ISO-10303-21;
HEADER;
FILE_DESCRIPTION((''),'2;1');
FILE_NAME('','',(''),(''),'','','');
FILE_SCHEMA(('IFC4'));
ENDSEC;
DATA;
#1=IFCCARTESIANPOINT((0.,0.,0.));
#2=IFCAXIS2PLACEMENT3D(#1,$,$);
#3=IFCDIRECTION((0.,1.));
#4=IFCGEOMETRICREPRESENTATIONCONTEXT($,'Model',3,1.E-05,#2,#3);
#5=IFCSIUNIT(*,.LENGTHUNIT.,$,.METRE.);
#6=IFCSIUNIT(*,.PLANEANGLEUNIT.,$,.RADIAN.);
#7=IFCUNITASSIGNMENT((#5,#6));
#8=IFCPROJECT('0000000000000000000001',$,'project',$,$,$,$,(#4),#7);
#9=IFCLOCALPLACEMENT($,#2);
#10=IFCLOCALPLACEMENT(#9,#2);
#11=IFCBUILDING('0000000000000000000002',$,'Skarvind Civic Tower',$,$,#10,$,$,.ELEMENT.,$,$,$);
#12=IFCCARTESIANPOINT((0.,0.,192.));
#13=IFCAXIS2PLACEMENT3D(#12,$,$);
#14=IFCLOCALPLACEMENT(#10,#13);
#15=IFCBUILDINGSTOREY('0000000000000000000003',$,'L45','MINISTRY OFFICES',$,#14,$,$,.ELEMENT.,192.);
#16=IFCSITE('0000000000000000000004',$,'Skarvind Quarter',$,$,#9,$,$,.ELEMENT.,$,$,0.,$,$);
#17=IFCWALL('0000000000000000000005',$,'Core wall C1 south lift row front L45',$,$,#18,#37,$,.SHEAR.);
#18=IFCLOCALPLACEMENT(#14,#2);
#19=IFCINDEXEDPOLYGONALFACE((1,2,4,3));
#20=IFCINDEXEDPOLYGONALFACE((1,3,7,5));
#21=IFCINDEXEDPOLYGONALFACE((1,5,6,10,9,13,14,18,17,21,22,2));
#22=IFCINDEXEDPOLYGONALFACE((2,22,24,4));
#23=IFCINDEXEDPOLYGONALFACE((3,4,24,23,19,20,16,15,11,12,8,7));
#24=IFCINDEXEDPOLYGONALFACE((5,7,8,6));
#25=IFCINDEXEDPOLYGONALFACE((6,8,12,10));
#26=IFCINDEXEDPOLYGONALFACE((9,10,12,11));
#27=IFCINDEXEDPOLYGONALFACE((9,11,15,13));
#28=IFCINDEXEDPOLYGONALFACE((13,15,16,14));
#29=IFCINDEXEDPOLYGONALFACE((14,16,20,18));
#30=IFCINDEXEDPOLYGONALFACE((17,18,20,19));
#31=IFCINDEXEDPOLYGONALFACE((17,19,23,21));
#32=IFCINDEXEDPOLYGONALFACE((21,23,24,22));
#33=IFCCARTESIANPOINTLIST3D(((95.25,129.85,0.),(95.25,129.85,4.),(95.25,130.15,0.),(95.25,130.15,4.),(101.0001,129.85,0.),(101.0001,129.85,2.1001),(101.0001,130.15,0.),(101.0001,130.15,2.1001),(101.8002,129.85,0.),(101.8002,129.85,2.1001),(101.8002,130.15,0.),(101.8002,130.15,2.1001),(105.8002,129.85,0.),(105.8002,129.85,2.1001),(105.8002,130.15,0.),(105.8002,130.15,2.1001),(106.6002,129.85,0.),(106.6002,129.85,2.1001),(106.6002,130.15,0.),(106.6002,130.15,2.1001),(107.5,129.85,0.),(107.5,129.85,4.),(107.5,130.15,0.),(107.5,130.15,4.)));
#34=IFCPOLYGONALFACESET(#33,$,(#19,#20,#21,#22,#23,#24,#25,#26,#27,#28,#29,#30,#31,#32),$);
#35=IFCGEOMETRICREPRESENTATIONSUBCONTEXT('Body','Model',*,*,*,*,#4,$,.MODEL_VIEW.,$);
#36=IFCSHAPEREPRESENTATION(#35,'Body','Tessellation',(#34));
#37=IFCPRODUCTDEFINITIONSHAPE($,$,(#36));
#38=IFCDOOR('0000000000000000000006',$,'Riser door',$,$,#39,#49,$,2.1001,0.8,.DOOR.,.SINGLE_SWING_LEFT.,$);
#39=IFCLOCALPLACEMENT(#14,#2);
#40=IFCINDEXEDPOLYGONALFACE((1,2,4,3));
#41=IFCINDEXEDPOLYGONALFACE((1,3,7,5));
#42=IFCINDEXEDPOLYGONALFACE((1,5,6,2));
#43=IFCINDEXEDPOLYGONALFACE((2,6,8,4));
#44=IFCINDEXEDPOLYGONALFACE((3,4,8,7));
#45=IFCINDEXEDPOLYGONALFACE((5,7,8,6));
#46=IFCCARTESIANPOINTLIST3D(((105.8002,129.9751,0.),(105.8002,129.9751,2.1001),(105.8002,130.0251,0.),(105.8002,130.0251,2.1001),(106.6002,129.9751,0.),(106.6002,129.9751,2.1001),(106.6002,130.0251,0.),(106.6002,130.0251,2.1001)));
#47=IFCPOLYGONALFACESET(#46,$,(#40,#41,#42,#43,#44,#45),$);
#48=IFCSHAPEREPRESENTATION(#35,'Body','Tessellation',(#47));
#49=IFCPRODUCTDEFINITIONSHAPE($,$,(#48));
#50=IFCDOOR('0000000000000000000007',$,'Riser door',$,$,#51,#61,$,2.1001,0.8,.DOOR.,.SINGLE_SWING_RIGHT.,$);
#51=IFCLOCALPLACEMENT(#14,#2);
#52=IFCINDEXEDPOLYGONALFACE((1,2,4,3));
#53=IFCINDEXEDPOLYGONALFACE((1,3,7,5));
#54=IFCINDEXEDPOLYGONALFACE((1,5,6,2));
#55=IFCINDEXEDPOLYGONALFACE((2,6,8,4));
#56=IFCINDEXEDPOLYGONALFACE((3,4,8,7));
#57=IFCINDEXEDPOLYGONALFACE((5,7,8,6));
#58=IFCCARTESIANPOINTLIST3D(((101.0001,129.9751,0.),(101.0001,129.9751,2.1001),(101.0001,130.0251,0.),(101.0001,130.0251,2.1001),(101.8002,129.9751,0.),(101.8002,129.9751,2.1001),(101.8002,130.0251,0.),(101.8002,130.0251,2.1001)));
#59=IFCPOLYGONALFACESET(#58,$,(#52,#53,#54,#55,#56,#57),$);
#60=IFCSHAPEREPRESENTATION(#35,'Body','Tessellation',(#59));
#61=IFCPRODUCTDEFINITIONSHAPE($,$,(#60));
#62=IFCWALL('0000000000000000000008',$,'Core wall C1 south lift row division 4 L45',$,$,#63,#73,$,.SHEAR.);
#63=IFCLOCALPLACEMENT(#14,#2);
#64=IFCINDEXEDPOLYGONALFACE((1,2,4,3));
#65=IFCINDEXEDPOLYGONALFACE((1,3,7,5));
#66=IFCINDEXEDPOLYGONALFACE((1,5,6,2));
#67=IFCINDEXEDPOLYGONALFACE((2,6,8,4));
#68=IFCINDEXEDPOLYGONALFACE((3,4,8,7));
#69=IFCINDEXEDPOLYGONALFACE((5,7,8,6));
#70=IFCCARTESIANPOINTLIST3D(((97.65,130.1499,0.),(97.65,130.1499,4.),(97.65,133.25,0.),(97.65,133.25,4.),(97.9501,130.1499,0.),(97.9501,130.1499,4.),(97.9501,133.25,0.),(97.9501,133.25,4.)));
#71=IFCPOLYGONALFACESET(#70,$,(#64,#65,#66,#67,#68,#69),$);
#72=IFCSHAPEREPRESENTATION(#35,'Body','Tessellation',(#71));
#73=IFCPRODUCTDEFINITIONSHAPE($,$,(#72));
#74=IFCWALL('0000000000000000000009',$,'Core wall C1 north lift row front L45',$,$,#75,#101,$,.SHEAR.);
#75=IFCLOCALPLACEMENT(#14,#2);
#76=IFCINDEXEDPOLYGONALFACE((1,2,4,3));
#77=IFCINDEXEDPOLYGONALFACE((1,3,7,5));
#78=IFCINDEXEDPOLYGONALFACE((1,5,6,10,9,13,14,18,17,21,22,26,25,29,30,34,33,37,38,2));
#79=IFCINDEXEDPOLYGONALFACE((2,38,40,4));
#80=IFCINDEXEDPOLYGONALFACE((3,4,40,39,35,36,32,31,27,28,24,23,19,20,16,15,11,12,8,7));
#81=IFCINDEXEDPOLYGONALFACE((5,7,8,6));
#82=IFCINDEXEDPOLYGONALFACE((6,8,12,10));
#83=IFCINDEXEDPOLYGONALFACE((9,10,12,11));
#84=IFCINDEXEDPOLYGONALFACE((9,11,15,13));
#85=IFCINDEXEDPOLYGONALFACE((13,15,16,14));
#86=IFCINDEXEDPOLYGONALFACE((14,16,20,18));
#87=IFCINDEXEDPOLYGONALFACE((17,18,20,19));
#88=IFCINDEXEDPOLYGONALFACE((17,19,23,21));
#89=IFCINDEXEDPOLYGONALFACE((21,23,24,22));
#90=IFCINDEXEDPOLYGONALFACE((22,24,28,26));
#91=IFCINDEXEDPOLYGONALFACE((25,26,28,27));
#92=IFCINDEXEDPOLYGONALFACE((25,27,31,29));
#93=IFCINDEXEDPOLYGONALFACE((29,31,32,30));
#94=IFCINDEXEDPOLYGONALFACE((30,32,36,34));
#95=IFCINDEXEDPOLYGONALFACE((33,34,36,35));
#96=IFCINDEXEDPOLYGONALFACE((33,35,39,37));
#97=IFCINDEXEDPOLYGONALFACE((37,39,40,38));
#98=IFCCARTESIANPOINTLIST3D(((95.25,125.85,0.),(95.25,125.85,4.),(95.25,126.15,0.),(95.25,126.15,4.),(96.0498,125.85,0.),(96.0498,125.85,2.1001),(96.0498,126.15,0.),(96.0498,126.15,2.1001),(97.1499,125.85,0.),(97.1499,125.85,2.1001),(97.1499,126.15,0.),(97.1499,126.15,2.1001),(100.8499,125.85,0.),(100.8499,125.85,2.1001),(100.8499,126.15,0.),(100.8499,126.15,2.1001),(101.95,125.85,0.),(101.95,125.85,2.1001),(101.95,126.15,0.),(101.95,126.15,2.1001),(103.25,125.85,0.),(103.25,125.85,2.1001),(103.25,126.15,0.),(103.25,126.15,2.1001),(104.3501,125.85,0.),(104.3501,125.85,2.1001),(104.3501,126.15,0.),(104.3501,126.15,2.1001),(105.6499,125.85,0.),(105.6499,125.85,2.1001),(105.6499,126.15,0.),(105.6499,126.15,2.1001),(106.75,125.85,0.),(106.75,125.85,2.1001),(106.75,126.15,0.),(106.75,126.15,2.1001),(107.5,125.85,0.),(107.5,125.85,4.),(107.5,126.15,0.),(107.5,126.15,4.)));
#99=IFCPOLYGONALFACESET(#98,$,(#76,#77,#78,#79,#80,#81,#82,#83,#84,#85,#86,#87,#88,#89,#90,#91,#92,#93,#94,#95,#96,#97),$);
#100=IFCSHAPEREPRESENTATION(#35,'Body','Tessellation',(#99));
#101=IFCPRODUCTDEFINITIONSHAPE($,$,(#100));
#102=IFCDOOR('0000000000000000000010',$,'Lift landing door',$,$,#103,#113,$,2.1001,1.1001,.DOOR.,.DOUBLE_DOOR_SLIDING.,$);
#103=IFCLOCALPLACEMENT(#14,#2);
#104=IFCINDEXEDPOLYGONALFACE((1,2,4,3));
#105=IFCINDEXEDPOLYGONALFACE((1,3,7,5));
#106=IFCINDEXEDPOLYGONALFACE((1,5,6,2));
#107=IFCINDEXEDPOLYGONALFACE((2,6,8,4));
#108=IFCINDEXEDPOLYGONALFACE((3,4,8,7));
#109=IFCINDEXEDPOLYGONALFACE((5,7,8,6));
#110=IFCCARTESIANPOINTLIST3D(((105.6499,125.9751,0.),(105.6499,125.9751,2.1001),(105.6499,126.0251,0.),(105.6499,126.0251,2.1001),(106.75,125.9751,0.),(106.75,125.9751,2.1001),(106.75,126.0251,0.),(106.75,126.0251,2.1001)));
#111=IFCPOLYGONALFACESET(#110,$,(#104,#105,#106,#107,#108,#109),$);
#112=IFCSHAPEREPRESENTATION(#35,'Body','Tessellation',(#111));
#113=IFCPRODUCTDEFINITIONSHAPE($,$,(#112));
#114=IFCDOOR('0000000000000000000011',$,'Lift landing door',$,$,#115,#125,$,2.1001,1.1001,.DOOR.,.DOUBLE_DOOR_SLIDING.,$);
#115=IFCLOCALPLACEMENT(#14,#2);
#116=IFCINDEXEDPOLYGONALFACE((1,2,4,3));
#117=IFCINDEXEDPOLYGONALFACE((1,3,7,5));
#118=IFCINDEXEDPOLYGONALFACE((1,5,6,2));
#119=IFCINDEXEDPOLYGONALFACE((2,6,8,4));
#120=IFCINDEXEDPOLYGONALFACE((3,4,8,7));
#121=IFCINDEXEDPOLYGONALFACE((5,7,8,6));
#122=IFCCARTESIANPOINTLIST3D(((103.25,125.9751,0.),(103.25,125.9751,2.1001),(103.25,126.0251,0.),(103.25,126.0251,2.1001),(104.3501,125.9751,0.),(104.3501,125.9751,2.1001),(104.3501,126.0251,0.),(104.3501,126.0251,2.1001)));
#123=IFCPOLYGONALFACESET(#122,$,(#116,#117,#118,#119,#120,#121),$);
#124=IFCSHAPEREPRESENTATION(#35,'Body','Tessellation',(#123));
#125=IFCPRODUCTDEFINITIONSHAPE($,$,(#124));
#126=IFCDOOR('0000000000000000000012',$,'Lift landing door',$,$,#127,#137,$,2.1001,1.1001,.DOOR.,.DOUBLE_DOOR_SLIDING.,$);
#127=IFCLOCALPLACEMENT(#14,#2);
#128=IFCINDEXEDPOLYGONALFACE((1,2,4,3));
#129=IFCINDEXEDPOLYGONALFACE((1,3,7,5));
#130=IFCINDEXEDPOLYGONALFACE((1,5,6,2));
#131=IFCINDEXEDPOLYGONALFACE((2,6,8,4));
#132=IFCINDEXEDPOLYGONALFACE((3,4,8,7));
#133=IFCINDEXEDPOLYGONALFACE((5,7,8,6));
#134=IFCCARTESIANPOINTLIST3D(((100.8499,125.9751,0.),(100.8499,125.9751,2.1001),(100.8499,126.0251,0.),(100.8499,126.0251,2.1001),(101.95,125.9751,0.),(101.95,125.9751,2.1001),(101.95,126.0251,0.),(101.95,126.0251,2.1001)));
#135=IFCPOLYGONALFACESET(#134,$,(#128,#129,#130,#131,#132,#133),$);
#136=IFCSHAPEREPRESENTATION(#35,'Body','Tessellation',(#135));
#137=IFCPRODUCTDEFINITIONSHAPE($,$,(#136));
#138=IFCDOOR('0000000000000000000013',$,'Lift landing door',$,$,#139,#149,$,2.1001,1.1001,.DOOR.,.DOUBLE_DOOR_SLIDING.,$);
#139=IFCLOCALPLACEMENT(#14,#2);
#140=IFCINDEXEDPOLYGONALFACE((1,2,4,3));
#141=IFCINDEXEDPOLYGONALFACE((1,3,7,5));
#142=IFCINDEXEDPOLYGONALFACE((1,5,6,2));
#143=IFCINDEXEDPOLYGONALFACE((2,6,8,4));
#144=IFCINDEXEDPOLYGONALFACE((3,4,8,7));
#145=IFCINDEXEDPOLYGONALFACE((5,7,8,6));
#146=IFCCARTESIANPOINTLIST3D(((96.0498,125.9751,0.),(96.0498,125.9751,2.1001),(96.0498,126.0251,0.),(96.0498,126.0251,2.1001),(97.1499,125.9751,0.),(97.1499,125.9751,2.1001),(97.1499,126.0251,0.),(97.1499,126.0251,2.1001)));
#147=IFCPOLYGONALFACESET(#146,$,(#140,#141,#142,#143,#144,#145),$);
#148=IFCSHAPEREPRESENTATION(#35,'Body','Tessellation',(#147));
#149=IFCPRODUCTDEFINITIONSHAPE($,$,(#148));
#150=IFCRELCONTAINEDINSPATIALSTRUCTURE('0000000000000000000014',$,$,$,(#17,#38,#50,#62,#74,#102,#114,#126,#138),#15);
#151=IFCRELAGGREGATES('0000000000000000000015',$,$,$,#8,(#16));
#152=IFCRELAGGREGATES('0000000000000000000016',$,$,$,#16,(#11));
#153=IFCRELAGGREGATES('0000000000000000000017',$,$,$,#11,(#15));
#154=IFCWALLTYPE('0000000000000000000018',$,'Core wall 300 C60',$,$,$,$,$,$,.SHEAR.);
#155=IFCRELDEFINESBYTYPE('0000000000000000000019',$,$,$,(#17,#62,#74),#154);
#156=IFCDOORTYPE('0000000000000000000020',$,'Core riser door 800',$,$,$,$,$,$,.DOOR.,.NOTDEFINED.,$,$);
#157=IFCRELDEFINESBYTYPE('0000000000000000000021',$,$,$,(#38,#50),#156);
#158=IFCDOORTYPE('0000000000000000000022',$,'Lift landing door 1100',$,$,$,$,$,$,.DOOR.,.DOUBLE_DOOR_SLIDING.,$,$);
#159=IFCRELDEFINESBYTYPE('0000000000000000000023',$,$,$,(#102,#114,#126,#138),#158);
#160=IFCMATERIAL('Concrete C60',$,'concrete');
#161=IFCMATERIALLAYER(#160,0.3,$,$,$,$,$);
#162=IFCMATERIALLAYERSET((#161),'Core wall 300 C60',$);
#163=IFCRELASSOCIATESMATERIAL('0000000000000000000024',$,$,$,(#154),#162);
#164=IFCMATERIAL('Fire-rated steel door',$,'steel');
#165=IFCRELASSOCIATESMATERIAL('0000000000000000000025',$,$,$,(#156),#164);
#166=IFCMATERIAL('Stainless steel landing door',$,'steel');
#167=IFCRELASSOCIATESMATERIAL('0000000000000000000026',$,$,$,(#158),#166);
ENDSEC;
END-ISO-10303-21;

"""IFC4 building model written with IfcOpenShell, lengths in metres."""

from ifc_helpers import new_model, si_unit, direction, frame, frame_2d, origin, place, context, subcontext, project, spatial, rectangle, extrude, material, layer, layer_set, type_object, element, fill, save


model = new_model("IFC4")

# Units and contexts
model_context = context("Model", 3, precision=1e-05, world=origin(), true_north=direction((0.0, 1.0)))
body_context = subcontext(model_context, "Body", "Model", "MODEL_VIEW")
ifc_project = project(units=[si_unit("LENGTHUNIT", "METRE"), si_unit("PLANEANGLEUNIT", "RADIAN")], contexts=[model_context])

# Site, building, storey
site_placement = place(None, origin())
site = spatial("IfcSite", under=ifc_project, at=site_placement, Name="Skarvind Quarter", CompositionType="ELEMENT", RefElevation=0.0)
building_placement = place(site_placement, origin())
building = spatial("IfcBuilding", under=site, at=building_placement, Name="Skarvind Civic Tower", CompositionType="ELEMENT")
storey_placement = place(building_placement, frame((0.0, 0.0, 192.0)))
storey = spatial("IfcBuildingStorey", under=building, at=storey_placement, Name="L45", Description="MINISTRY OFFICES", CompositionType="ELEMENT", Elevation=192.0)

# Wall, openings, doors
ifc_material_1 = material(Name="Concrete C60", Category="concrete")
ifc_layer_1 = layer(ifc_material_1, 0.3)
ifc_layer_set_1 = layer_set([ifc_layer_1], Name="Core wall 300 C60")
wall_type_1 = type_object("IfcWallType", Name="Core wall 300 C60", PredefinedType="SHEAR", material=ifc_layer_set_1)
wall_1_placement = place(storey_placement, frame((107.5, 130.0, 0.0), z_axis=(0.0, 0.0, 1.0), x_axis=(-1.0, 0.0, 0.0)))
wall_1 = element("IfcWall", 1, at=wall_1_placement, inside=storey, type_object=wall_type_1, Name="Core wall C1 south lift row front L45", PredefinedType="SHEAR", context=body_context, shape_type="SweptSolid", body=[
    extrude(rectangle(XDim=12.25, YDim=0.3, at=frame_2d((6.125, 0.0))), origin(), (0.0, 0.0, 1.0), 4.0),
])
opening_1_placement = place(wall_1_placement, frame((0.8999, 0.0, 0.0)))
opening_1 = element("IfcOpeningElement", 2, at=opening_1_placement, cuts=wall_1, PredefinedType="OPENING", context=body_context, shape_type="SweptSolid", body=[
    extrude(rectangle(XDim=0.8, YDim=2.1001, at=frame_2d((0.3999, 1.05))), frame((0.0, 0.1599, 0.0), z_axis=(0.0, -1.0, 0.0), x_axis=(1.0, 0.0, 0.0)), (0.0, 0.0, 1.0), 0.3201),
])
opening_2_placement = place(wall_1_placement, frame((5.7, 0.0, 0.0)))
opening_2 = element("IfcOpeningElement", 3, at=opening_2_placement, cuts=wall_1, PredefinedType="OPENING", context=body_context, shape_type="SweptSolid", body=[
    extrude(rectangle(XDim=0.8, YDim=2.1001, at=frame_2d((0.3999, 1.05))), frame((0.0, 0.1599, 0.0), z_axis=(0.0, -1.0, 0.0), x_axis=(1.0, 0.0, 0.0)), (0.0, 0.0, 1.0), 0.3201),
])
ifc_material_2 = material(Name="Fire-rated steel door", Category="steel")
door_type_1 = type_object("IfcDoorType", Name="Core riser door 800", OperationType="NOTDEFINED", PredefinedType="DOOR", material=ifc_material_2)
door_1_placement = place(opening_1_placement, origin())
door_1 = element("IfcDoor", 4, at=door_1_placement, inside=storey, type_object=door_type_1, Name="Riser door", OperationType="SINGLE_SWING_LEFT", OverallHeight=2.1001, OverallWidth=0.8, PredefinedType="DOOR", context=body_context, shape_type="SweptSolid", body=[
    extrude(rectangle(XDim=0.8, YDim=2.1001, at=frame_2d((0.3999, 1.05))), frame((0.0, 0.0249, 0.0), z_axis=(0.0, -1.0, 0.0), x_axis=(1.0, 0.0, 0.0)), (0.0, 0.0, 1.0), 0.05),
])
fill(opening_1, door_1)
door_2_placement = place(opening_2_placement, origin())
door_2 = element("IfcDoor", 5, at=door_2_placement, inside=storey, type_object=door_type_1, Name="Riser door", OperationType="SINGLE_SWING_RIGHT", OverallHeight=2.1001, OverallWidth=0.8, PredefinedType="DOOR", context=body_context, shape_type="SweptSolid", body=[
    extrude(rectangle(XDim=0.8, YDim=2.1001, at=frame_2d((0.3999, 1.05))), frame((0.0, 0.0249, 0.0), z_axis=(0.0, -1.0, 0.0), x_axis=(1.0, 0.0, 0.0)), (0.0, 0.0, 1.0), 0.05),
])
fill(opening_2, door_2)

# Wall
wall_2_placement = place(storey_placement, frame((97.8, 133.25, 0.0), z_axis=(0.0, 0.0, 1.0), x_axis=(0.0, -1.0, 0.0)))
element("IfcWall", 6, at=wall_2_placement, inside=storey, type_object=wall_type_1, Name="Core wall C1 south lift row division 4 L45", PredefinedType="SHEAR", context=body_context, shape_type="SweptSolid", body=[
    extrude(rectangle(XDim=3.1001, YDim=0.3, at=frame_2d((1.55, 0.0))), origin(), (0.0, 0.0, 1.0), 4.0),
])

# Wall, openings, doors
wall_3_placement = place(storey_placement, frame((107.5, 126.0, 0.0), z_axis=(0.0, 0.0, 1.0), x_axis=(-1.0, 0.0, 0.0)))
wall_3 = element("IfcWall", 7, at=wall_3_placement, inside=storey, type_object=wall_type_1, Name="Core wall C1 north lift row front L45", PredefinedType="SHEAR", context=body_context, shape_type="SweptSolid", body=[
    extrude(rectangle(XDim=12.25, YDim=0.3, at=frame_2d((6.125, 0.0))), origin(), (0.0, 0.0, 1.0), 4.0),
])
opening_3_placement = place(wall_3_placement, frame((0.75, 0.0, 0.0)))
opening_3 = element("IfcOpeningElement", 8, at=opening_3_placement, cuts=wall_3, PredefinedType="OPENING", context=body_context, shape_type="SweptSolid", body=[
    extrude(rectangle(XDim=1.1001, YDim=2.1001, at=frame_2d((0.55, 1.05))), frame((0.0, 0.1599, 0.0), z_axis=(0.0, -1.0, 0.0), x_axis=(1.0, 0.0, 0.0)), (0.0, 0.0, 1.0), 0.3201),
])
opening_4_placement = place(wall_3_placement, frame((3.1499, 0.0, 0.0)))
opening_4 = element("IfcOpeningElement", 9, at=opening_4_placement, cuts=wall_3, PredefinedType="OPENING", context=body_context, shape_type="SweptSolid", body=[
    extrude(rectangle(XDim=1.1001, YDim=2.1001, at=frame_2d((0.55, 1.05))), frame((0.0, 0.1599, 0.0), z_axis=(0.0, -1.0, 0.0), x_axis=(1.0, 0.0, 0.0)), (0.0, 0.0, 1.0), 0.3201),
])
opening_5_placement = place(wall_3_placement, frame((5.55, 0.0, 0.0)))
opening_5 = element("IfcOpeningElement", 10, at=opening_5_placement, cuts=wall_3, PredefinedType="OPENING", context=body_context, shape_type="SweptSolid", body=[
    extrude(rectangle(XDim=1.1001, YDim=2.1001, at=frame_2d((0.55, 1.05))), frame((0.0, 0.1599, 0.0), z_axis=(0.0, -1.0, 0.0), x_axis=(1.0, 0.0, 0.0)), (0.0, 0.0, 1.0), 0.3201),
])
opening_6_placement = place(wall_3_placement, frame((10.3501, 0.0, 0.0)))
opening_6 = element("IfcOpeningElement", 11, at=opening_6_placement, cuts=wall_3, PredefinedType="OPENING", context=body_context, shape_type="SweptSolid", body=[
    extrude(rectangle(XDim=1.1001, YDim=2.1001, at=frame_2d((0.55, 1.05))), frame((0.0, 0.1599, 0.0), z_axis=(0.0, -1.0, 0.0), x_axis=(1.0, 0.0, 0.0)), (0.0, 0.0, 1.0), 0.3201),
])
ifc_material_3 = material(Name="Stainless steel landing door", Category="steel")
door_type_2 = type_object("IfcDoorType", Name="Lift landing door 1100", OperationType="DOUBLE_DOOR_SLIDING", PredefinedType="DOOR", material=ifc_material_3)
door_3_placement = place(opening_3_placement, origin())
door_3 = element("IfcDoor", 12, at=door_3_placement, inside=storey, type_object=door_type_2, Name="Lift landing door", OperationType="DOUBLE_DOOR_SLIDING", OverallHeight=2.1001, OverallWidth=1.1001, PredefinedType="DOOR", context=body_context, shape_type="SweptSolid", body=[
    extrude(rectangle(XDim=1.1001, YDim=2.1001, at=frame_2d((0.55, 1.05))), frame((0.0, 0.0249, 0.0), z_axis=(0.0, -1.0, 0.0), x_axis=(1.0, 0.0, 0.0)), (0.0, 0.0, 1.0), 0.05),
])
fill(opening_3, door_3)
door_4_placement = place(opening_4_placement, origin())
door_4 = element("IfcDoor", 13, at=door_4_placement, inside=storey, type_object=door_type_2, Name="Lift landing door", OperationType="DOUBLE_DOOR_SLIDING", OverallHeight=2.1001, OverallWidth=1.1001, PredefinedType="DOOR", context=body_context, shape_type="SweptSolid", body=[
    extrude(rectangle(XDim=1.1001, YDim=2.1001, at=frame_2d((0.55, 1.05))), frame((0.0, 0.0249, 0.0), z_axis=(0.0, -1.0, 0.0), x_axis=(1.0, 0.0, 0.0)), (0.0, 0.0, 1.0), 0.05),
])
fill(opening_4, door_4)
door_5_placement = place(opening_5_placement, origin())
door_5 = element("IfcDoor", 14, at=door_5_placement, inside=storey, type_object=door_type_2, Name="Lift landing door", OperationType="DOUBLE_DOOR_SLIDING", OverallHeight=2.1001, OverallWidth=1.1001, PredefinedType="DOOR", context=body_context, shape_type="SweptSolid", body=[
    extrude(rectangle(XDim=1.1001, YDim=2.1001, at=frame_2d((0.55, 1.05))), frame((0.0, 0.0249, 0.0), z_axis=(0.0, -1.0, 0.0), x_axis=(1.0, 0.0, 0.0)), (0.0, 0.0, 1.0), 0.05),
])
fill(opening_5, door_5)
door_6_placement = place(opening_6_placement, origin())
door_6 = element("IfcDoor", 15, at=door_6_placement, inside=storey, type_object=door_type_2, Name="Lift landing door", OperationType="DOUBLE_DOOR_SLIDING", OverallHeight=2.1001, OverallWidth=1.1001, PredefinedType="DOOR", context=body_context, shape_type="SweptSolid", body=[
    extrude(rectangle(XDim=1.1001, YDim=2.1001, at=frame_2d((0.55, 1.05))), frame((0.0, 0.0249, 0.0), z_axis=(0.0, -1.0, 0.0), x_axis=(1.0, 0.0, 0.0)), (0.0, 0.0, 1.0), 0.05),
])
fill(opening_6, door_6)

save(model, "model.ifc")
